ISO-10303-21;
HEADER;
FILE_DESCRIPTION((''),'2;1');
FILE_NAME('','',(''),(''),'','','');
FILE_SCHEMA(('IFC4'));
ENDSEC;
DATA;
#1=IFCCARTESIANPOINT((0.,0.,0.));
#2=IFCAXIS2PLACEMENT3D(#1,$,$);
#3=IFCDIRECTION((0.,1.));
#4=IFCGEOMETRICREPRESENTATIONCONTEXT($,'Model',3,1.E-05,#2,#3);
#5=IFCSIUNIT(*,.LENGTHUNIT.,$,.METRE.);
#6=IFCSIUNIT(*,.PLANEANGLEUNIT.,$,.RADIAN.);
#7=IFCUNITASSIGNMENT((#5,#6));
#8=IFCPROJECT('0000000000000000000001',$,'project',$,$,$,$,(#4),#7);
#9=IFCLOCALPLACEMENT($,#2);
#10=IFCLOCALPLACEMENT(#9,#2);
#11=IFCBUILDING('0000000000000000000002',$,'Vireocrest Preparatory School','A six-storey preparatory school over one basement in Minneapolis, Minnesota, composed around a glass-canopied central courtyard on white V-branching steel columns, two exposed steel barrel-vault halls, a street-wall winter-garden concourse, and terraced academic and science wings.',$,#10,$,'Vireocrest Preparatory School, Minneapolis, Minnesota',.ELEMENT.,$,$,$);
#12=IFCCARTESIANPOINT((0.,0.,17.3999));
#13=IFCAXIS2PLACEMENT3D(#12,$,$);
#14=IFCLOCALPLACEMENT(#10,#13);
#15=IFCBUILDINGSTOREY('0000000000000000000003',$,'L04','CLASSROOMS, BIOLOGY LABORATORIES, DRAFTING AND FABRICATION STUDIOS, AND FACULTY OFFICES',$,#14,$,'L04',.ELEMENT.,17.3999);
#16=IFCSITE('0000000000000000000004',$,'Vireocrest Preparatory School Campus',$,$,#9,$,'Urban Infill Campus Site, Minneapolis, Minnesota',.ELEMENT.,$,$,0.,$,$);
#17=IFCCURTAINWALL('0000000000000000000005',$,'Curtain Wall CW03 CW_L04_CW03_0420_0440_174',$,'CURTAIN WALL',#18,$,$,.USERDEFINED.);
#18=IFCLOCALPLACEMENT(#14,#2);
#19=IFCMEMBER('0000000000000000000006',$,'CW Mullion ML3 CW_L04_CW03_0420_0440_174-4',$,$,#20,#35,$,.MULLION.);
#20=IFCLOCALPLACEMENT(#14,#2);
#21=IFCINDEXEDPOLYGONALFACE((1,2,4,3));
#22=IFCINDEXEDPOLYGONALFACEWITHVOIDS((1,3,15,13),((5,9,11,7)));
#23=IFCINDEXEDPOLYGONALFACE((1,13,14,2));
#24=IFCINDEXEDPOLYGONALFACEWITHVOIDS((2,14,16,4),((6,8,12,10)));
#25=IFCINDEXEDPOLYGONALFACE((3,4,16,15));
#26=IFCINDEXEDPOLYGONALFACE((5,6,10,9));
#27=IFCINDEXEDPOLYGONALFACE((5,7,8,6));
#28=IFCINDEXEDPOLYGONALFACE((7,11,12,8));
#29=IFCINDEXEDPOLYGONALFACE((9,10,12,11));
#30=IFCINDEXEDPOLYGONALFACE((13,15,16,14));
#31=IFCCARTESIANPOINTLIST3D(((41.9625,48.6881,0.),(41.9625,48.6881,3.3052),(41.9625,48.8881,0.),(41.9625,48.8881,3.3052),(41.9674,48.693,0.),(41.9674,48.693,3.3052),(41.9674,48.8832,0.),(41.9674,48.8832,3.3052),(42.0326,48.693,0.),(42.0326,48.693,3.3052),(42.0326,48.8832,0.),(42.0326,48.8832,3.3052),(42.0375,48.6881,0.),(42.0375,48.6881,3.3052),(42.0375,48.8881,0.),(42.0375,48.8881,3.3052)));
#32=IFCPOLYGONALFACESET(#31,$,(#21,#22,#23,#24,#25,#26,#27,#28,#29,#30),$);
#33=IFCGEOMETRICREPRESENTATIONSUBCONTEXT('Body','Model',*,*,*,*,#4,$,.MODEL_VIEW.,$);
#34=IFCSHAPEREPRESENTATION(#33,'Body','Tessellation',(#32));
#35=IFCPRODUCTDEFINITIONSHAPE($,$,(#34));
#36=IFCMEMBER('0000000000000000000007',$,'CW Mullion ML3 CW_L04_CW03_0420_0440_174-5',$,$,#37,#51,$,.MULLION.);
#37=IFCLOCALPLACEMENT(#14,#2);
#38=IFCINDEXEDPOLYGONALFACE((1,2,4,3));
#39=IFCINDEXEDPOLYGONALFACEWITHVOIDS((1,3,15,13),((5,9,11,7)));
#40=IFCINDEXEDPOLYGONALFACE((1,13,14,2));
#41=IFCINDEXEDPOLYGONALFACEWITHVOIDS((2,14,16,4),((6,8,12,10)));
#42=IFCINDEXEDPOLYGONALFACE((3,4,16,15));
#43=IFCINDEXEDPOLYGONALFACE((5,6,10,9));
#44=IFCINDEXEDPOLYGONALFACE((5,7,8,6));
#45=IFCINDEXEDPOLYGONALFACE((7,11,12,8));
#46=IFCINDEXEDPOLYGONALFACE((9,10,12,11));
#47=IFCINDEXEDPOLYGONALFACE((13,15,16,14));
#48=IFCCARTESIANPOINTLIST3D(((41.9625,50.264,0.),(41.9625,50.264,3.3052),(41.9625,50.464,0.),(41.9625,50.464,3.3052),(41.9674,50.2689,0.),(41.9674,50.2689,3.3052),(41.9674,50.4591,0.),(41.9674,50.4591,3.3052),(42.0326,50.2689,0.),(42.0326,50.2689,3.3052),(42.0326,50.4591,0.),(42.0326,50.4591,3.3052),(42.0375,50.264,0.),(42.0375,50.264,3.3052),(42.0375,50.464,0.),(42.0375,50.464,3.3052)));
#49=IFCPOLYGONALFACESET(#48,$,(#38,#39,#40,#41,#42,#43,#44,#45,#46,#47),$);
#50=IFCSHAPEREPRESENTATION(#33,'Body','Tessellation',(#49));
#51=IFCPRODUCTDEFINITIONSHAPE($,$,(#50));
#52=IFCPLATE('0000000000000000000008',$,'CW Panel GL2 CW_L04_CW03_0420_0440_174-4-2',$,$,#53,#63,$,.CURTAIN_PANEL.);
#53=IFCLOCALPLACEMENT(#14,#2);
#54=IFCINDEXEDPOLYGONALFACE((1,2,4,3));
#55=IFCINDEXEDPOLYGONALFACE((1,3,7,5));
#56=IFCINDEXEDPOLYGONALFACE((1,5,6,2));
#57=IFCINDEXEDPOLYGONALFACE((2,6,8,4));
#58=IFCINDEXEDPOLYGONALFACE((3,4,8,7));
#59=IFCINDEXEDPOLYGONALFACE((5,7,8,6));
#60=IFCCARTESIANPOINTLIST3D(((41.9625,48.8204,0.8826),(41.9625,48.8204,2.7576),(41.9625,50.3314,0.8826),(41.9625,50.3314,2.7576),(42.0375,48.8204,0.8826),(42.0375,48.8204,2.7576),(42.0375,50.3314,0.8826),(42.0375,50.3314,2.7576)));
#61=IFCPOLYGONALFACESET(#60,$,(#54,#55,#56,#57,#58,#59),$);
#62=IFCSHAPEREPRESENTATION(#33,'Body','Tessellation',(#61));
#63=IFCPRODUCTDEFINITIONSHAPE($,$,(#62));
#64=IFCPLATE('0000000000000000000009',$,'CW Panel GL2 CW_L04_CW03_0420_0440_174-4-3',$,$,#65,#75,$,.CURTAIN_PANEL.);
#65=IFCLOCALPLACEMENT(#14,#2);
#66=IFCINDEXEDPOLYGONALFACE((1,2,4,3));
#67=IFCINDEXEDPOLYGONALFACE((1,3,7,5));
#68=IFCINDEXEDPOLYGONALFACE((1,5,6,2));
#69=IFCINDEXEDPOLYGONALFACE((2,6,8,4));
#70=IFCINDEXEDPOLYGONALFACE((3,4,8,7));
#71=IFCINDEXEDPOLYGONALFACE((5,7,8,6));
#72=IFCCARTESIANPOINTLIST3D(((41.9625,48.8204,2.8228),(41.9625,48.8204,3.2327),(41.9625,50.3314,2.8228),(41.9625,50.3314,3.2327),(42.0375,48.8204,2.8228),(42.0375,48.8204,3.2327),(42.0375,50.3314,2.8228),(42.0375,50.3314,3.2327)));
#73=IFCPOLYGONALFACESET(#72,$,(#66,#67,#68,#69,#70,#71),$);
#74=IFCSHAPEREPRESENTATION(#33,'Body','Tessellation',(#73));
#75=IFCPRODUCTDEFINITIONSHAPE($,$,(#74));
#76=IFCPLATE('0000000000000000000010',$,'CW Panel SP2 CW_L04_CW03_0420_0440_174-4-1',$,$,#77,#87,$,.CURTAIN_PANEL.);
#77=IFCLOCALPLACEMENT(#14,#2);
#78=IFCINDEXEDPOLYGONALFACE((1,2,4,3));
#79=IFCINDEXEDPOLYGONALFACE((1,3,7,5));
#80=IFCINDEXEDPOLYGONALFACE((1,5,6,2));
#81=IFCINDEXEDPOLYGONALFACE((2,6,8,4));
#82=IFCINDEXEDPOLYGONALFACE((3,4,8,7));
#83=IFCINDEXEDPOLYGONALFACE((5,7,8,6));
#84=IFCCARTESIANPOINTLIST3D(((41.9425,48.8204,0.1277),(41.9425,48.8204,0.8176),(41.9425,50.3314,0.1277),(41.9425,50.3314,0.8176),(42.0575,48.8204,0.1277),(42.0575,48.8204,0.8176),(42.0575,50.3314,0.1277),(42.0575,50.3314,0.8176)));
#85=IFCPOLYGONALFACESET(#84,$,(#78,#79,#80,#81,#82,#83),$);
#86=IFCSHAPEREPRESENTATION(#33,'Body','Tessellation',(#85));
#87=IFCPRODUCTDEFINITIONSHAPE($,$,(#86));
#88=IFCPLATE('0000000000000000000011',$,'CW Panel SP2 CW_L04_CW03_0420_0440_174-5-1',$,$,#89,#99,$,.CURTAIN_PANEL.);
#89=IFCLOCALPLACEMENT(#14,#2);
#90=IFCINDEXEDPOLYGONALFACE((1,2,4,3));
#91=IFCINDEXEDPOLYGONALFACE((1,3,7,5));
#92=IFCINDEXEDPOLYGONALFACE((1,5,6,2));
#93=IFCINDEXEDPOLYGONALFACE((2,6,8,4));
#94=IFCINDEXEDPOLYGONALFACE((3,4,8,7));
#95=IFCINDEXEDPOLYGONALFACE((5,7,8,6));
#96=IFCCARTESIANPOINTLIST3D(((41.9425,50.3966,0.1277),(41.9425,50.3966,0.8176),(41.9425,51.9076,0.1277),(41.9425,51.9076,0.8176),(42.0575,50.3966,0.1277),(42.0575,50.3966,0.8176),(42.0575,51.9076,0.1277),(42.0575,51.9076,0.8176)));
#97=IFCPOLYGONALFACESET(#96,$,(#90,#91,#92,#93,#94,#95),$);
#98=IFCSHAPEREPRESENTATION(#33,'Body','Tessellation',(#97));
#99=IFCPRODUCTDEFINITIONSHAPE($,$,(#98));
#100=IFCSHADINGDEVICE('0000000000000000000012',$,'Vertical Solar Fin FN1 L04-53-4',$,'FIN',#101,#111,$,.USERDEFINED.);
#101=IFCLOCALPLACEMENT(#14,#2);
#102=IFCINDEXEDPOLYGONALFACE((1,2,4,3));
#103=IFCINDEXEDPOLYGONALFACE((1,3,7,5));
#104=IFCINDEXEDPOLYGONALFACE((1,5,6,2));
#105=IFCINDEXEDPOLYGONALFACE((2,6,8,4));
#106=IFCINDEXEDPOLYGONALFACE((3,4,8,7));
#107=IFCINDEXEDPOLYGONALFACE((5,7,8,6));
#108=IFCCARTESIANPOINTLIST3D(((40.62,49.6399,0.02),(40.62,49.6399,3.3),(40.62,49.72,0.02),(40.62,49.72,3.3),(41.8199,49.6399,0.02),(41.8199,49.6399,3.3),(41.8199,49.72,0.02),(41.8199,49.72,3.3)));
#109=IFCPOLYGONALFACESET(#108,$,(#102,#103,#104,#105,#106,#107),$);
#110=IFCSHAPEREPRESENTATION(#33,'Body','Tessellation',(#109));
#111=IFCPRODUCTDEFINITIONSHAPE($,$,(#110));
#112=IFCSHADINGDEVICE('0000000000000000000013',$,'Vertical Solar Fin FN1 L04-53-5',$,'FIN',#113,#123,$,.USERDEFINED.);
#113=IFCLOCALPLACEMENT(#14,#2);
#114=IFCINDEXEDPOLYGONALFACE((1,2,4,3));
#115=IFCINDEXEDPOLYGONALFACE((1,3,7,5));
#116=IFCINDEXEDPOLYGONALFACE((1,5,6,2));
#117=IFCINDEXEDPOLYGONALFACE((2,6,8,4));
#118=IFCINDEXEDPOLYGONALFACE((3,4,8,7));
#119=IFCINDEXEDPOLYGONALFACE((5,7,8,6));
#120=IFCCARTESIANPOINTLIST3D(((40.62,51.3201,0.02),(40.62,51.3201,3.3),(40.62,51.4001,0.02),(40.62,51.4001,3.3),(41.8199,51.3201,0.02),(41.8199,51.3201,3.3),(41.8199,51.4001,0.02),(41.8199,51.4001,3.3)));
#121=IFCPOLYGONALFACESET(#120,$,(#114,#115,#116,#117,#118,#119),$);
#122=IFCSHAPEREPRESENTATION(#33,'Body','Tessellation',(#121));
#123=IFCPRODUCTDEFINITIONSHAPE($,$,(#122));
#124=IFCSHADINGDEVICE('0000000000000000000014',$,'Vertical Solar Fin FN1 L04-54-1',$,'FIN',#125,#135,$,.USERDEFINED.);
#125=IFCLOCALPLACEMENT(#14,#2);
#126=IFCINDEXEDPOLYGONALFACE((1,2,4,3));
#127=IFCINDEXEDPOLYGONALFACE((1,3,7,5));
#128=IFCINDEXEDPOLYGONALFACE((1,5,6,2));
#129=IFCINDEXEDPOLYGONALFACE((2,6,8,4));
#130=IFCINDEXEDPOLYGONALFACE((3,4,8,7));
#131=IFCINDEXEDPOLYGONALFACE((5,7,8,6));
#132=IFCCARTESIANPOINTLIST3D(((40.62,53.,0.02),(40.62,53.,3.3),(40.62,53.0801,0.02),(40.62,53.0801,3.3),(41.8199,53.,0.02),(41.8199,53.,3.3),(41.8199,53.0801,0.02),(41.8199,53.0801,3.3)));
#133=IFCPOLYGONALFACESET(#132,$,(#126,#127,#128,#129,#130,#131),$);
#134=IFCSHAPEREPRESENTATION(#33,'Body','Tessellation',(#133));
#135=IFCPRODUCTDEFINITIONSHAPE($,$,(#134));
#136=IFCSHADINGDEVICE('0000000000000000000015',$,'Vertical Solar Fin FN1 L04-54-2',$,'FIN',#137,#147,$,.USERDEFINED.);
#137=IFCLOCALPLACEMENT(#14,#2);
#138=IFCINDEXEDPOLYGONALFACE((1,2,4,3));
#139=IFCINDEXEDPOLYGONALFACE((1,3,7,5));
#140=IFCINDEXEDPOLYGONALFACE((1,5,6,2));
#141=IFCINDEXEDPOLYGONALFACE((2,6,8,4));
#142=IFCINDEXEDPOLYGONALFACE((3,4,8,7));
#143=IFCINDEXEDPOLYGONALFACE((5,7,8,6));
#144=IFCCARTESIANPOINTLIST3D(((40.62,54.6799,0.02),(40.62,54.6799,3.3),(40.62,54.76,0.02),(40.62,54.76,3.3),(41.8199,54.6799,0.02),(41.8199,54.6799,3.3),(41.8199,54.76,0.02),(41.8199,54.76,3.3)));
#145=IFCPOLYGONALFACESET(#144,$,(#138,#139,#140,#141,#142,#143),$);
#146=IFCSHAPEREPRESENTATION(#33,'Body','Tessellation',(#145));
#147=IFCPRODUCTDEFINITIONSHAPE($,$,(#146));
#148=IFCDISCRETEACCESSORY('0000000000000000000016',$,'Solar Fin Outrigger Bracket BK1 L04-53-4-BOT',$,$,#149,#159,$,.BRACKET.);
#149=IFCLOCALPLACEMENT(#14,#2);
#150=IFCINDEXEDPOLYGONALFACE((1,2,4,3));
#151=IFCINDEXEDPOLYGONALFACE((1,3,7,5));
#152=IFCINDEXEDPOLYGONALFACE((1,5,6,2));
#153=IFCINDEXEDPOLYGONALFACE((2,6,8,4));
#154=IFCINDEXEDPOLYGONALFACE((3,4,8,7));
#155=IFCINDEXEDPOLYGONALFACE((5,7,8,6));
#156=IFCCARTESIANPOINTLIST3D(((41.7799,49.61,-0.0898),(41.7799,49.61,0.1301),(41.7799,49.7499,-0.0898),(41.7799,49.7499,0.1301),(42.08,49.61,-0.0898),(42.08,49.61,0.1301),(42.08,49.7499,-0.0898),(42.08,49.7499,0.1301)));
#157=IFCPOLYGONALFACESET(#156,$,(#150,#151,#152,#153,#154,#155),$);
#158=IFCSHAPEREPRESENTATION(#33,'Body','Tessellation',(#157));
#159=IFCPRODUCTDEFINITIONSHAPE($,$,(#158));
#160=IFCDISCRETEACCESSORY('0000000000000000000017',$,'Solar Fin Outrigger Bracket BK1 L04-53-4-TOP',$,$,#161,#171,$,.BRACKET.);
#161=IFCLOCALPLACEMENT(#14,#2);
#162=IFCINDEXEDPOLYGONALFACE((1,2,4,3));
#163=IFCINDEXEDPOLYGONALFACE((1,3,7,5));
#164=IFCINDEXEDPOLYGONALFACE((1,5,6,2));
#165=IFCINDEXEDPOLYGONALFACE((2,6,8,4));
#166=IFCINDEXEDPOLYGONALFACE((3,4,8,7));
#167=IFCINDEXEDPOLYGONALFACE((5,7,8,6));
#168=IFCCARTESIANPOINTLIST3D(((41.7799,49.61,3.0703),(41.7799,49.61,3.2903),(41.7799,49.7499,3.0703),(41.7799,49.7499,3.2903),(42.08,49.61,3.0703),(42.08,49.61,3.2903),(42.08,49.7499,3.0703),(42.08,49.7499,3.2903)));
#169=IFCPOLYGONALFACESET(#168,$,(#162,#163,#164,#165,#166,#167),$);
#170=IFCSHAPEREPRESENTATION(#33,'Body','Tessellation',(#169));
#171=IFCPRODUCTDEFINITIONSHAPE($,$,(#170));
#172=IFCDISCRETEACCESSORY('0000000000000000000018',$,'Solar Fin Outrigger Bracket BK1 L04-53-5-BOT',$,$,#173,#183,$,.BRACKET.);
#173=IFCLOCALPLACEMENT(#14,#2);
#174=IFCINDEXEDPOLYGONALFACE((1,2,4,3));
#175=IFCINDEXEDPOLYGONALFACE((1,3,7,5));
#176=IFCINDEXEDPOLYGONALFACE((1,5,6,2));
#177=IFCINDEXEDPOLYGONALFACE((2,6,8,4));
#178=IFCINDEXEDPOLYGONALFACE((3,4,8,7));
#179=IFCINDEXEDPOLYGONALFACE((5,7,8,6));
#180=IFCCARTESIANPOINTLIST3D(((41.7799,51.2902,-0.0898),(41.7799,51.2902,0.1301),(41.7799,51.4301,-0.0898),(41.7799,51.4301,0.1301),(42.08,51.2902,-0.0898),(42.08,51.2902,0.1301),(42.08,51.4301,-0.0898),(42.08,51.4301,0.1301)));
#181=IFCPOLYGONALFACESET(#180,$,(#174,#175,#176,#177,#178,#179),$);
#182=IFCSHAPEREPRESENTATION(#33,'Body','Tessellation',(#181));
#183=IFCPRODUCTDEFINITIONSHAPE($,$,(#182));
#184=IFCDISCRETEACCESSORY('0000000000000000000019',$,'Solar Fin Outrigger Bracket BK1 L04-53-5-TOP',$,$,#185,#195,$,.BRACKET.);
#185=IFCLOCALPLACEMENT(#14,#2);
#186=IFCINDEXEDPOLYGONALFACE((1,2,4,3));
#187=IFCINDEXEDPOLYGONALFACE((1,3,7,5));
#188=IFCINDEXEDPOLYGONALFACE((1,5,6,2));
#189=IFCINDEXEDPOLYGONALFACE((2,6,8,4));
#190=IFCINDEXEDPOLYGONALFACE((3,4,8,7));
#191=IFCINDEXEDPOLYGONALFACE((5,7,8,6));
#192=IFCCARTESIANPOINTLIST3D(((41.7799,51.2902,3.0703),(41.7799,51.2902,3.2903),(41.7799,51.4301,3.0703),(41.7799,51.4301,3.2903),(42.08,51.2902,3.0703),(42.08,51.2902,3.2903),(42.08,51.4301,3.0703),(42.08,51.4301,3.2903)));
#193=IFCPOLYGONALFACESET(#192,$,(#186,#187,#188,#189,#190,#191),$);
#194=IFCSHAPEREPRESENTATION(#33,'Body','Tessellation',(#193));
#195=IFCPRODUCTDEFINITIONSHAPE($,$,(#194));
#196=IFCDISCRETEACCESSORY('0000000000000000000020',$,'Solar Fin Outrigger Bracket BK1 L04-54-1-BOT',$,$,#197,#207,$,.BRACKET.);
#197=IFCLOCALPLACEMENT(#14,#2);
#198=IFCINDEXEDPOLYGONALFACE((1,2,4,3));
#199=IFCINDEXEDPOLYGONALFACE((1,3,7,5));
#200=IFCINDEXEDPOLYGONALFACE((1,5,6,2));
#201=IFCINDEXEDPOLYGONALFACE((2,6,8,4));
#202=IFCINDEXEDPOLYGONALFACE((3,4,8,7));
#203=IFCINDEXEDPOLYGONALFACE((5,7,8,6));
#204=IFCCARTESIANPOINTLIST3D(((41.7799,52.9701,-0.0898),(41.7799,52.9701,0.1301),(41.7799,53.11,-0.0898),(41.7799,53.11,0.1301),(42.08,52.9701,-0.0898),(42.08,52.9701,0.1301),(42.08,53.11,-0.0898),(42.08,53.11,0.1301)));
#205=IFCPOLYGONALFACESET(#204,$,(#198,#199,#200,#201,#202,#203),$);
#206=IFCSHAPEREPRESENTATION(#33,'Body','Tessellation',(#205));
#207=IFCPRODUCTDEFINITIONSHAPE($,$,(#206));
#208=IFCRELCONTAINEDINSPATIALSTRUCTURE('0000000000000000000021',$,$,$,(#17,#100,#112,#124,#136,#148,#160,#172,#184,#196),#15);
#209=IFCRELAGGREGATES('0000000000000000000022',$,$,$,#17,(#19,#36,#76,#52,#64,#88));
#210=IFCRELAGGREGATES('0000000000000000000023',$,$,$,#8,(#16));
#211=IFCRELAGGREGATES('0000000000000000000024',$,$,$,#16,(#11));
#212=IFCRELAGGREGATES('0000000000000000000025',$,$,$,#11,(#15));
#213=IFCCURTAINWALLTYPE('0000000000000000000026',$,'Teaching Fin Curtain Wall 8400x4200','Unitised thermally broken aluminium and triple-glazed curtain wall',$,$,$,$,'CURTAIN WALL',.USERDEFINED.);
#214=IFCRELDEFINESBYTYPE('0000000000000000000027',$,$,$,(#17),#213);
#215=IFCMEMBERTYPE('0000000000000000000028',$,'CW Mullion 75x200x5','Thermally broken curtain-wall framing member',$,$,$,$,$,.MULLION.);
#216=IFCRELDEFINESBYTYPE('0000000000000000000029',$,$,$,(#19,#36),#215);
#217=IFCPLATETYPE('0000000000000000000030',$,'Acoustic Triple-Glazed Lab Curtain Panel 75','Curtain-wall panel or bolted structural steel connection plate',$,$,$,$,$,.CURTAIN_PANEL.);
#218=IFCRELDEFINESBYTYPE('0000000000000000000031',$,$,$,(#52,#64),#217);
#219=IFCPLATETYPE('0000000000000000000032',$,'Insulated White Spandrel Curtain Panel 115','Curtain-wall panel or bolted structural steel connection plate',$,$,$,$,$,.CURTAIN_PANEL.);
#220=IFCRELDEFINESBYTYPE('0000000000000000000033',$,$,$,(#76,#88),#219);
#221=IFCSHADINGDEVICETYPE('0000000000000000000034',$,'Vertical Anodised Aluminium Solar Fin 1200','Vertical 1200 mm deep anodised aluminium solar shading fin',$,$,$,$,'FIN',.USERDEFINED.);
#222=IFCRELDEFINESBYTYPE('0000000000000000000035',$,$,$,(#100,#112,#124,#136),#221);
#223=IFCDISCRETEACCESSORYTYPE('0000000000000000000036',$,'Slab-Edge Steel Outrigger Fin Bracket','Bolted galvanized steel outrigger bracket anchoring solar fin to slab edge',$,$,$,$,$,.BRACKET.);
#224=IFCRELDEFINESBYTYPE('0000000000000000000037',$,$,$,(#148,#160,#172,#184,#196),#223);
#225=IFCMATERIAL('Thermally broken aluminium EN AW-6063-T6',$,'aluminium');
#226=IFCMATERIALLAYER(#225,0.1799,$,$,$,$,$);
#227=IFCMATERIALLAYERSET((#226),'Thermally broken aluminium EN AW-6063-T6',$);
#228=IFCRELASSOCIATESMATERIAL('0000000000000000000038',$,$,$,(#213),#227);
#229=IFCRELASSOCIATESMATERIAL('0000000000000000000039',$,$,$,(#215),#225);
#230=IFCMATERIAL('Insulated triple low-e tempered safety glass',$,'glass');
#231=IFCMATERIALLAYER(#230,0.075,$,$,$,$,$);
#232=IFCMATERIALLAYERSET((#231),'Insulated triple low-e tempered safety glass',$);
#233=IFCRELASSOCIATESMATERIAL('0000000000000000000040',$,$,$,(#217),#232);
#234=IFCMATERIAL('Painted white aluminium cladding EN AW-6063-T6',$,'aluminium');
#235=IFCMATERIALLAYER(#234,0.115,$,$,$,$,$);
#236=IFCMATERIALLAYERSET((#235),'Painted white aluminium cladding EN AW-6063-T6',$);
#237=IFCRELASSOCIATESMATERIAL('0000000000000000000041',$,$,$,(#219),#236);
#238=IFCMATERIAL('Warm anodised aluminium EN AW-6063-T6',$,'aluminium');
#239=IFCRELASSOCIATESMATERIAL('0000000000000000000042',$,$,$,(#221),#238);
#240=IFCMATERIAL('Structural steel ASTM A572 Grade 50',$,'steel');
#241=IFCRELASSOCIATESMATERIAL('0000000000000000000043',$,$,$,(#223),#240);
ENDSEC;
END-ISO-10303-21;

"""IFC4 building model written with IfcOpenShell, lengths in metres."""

from ifc_helpers import new_model, si_unit, direction, frame, origin, origin_2d, place, context, subcontext, project, spatial, rectangle, hollow_rectangle, extrude, material, layer, layer_set, material_profile, profile_set, type_object, element, aggregate, save


model = new_model("IFC4")

# Units and contexts
model_context = context("Model", 3, precision=1e-05, world=origin(), true_north=direction((0.0, 1.0)))
body_context = subcontext(model_context, "Body", "Model", "MODEL_VIEW")
ifc_project = project(units=[si_unit("LENGTHUNIT", "METRE"), si_unit("PLANEANGLEUNIT", "RADIAN")], contexts=[model_context])

# Site, building, storey
site_placement = place(None, origin())
site = spatial("IfcSite", under=ifc_project, at=site_placement, Name="Vireocrest Preparatory School Campus", LongName="Urban Infill Campus Site, Minneapolis, Minnesota", CompositionType="ELEMENT", RefElevation=0.0)
building_placement = place(site_placement, origin())
building = spatial("IfcBuilding", under=site, at=building_placement, Name="Vireocrest Preparatory School", Description="A six-storey preparatory school over one basement in Minneapolis, Minnesota, composed around a glass-canopied central courtyard on white V-branching steel columns, two exposed steel barrel-vault halls, a street-wall winter-garden concourse, and terraced academic and science wings.", LongName="Vireocrest Preparatory School, Minneapolis, Minnesota", CompositionType="ELEMENT")
storey_placement = place(building_placement, frame((0.0, 0.0, 17.3999)))
storey = spatial("IfcBuildingStorey", under=building, at=storey_placement, Name="L04", Description="CLASSROOMS, BIOLOGY LABORATORIES, DRAFTING AND FABRICATION STUDIOS, AND FACULTY OFFICES", LongName="L04", CompositionType="ELEMENT", Elevation=17.3999)

# Curtain wall, members, plates
ifc_material_1 = material(Name="Thermally broken aluminium EN AW-6063-T6", Category="aluminium")
ifc_layer_1 = layer(ifc_material_1, 0.1799)
ifc_layer_set_1 = layer_set([ifc_layer_1], Name="Thermally broken aluminium EN AW-6063-T6")
curtain_wall_type = type_object("IfcCurtainWallType", Name="Teaching Fin Curtain Wall 8400x4200", Description="Unitised thermally broken aluminium and triple-glazed curtain wall", ElementType="CURTAIN WALL", PredefinedType="USERDEFINED", material=ifc_layer_set_1)
curtain_wall_placement = place(storey_placement, origin())
curtain_wall = element("IfcCurtainWall", 1, at=curtain_wall_placement, inside=storey, type_object=curtain_wall_type, Name="Curtain Wall CW03 CW_L04_CW03_0420_0440_174", ObjectType="CURTAIN WALL", PredefinedType="USERDEFINED")
ifc_material_profile_1 = material_profile(ifc_material_1, hollow_rectangle(XDim=0.075, YDim=0.2, WallThickness=0.0049, at=origin_2d()), Name="ALU 75x200x5")
ifc_profile_set_1 = profile_set([ifc_material_profile_1], Name="Thermally broken aluminium EN AW-6063-T6")
member_type = type_object("IfcMemberType", Name="CW Mullion 75x200x5", Description="Thermally broken curtain-wall framing member", PredefinedType="MULLION", material=ifc_profile_set_1)
member_1_placement = place(storey_placement, frame((42.0, 48.7881, 0.0), z_axis=(0.0, 0.0, 1.0), x_axis=(1.0, 0.0, 0.0)))
member_1 = element("IfcMember", 2, at=member_1_placement, type_object=member_type, Name="CW Mullion ML3 CW_L04_CW03_0420_0440_174-4", PredefinedType="MULLION", context=body_context, shape_type="SweptSolid", body=[
    extrude(hollow_rectangle(XDim=0.075, YDim=0.2, WallThickness=0.0049, at=origin_2d()), origin(), (0.0, 0.0, 1.0), 3.3052),
])
member_2_placement = place(storey_placement, frame((42.0, 50.364, 0.0), z_axis=(0.0, 0.0, 1.0), x_axis=(1.0, 0.0, 0.0)))
member_2 = element("IfcMember", 3, at=member_2_placement, type_object=member_type, Name="CW Mullion ML3 CW_L04_CW03_0420_0440_174-5", PredefinedType="MULLION", context=body_context, shape_type="SweptSolid", body=[
    extrude(hollow_rectangle(XDim=0.075, YDim=0.2, WallThickness=0.0049, at=origin_2d()), origin(), (0.0, 0.0, 1.0), 3.3052),
])
ifc_material_2 = material(Name="Insulated triple low-e tempered safety glass", Category="glass")
ifc_layer_2 = layer(ifc_material_2, 0.075)
ifc_layer_set_2 = layer_set([ifc_layer_2], Name="Insulated triple low-e tempered safety glass")
plate_type_1 = type_object("IfcPlateType", Name="Acoustic Triple-Glazed Lab Curtain Panel 75", Description="Curtain-wall panel or bolted structural steel connection plate", PredefinedType="CURTAIN_PANEL", material=ifc_layer_set_2)
plate_1_placement = place(storey_placement, frame((42.0, 49.5759, 0.8826), z_axis=(0.0, 0.0, 1.0), x_axis=(0.0, 1.0, 0.0)))
plate_1 = element("IfcPlate", 4, at=plate_1_placement, type_object=plate_type_1, Name="CW Panel GL2 CW_L04_CW03_0420_0440_174-4-2", PredefinedType="CURTAIN_PANEL", context=body_context, shape_type="SweptSolid", body=[
    extrude(rectangle(XDim=1.511, YDim=0.075, at=origin_2d()), origin(), (0.0, 0.0, 1.0), 1.875),
])
plate_2_placement = place(storey_placement, frame((42.0, 49.5759, 2.8228), z_axis=(0.0, 0.0, 1.0), x_axis=(0.0, 1.0, 0.0)))
plate_2 = element("IfcPlate", 5, at=plate_2_placement, type_object=plate_type_1, Name="CW Panel GL2 CW_L04_CW03_0420_0440_174-4-3", PredefinedType="CURTAIN_PANEL", context=body_context, shape_type="SweptSolid", body=[
    extrude(rectangle(XDim=1.511, YDim=0.075, at=origin_2d()), origin(), (0.0, 0.0, 1.0), 0.4099),
])
ifc_material_3 = material(Name="Painted white aluminium cladding EN AW-6063-T6", Category="aluminium")
ifc_layer_3 = layer(ifc_material_3, 0.115)
ifc_layer_set_3 = layer_set([ifc_layer_3], Name="Painted white aluminium cladding EN AW-6063-T6")
plate_type_2 = type_object("IfcPlateType", Name="Insulated White Spandrel Curtain Panel 115", Description="Curtain-wall panel or bolted structural steel connection plate", PredefinedType="CURTAIN_PANEL", material=ifc_layer_set_3)
plate_3_placement = place(storey_placement, frame((42.0, 49.5759, 0.1277), z_axis=(0.0, 0.0, 1.0), x_axis=(0.0, 1.0, 0.0)))
plate_3 = element("IfcPlate", 6, at=plate_3_placement, type_object=plate_type_2, Name="CW Panel SP2 CW_L04_CW03_0420_0440_174-4-1", PredefinedType="CURTAIN_PANEL", context=body_context, shape_type="SweptSolid", body=[
    extrude(rectangle(XDim=1.511, YDim=0.115, at=origin_2d()), origin(), (0.0, 0.0, 1.0), 0.6899),
])
plate_4_placement = place(storey_placement, frame((42.0, 51.1521, 0.1277), z_axis=(0.0, 0.0, 1.0), x_axis=(0.0, 1.0, 0.0)))
plate_4 = element("IfcPlate", 7, at=plate_4_placement, type_object=plate_type_2, Name="CW Panel SP2 CW_L04_CW03_0420_0440_174-5-1", PredefinedType="CURTAIN_PANEL", context=body_context, shape_type="SweptSolid", body=[
    extrude(rectangle(XDim=1.511, YDim=0.115, at=origin_2d()), origin(), (0.0, 0.0, 1.0), 0.6899),
])
aggregate(curtain_wall, [member_1, member_2, plate_3, plate_1, plate_2, plate_4])

# Shading devices
ifc_material_4 = material(Name="Warm anodised aluminium EN AW-6063-T6", Category="aluminium")
ifc_material_profile_2 = material_profile(ifc_material_4, rectangle(XDim=0.0801, YDim=1.2, at=origin_2d()), Name="FIN 80x1200")
ifc_profile_set_2 = profile_set([ifc_material_profile_2], Name="Warm anodised aluminium EN AW-6063-T6")
shading_device_type = type_object("IfcShadingDeviceType", Name="Vertical Anodised Aluminium Solar Fin 1200", Description="Vertical 1200 mm deep anodised aluminium solar shading fin", ElementType="FIN", PredefinedType="USERDEFINED", material=ifc_profile_set_2)
for number, where, z_axis, x_axis, name in (
    (8, (41.22, 49.6799, 0.02), (0.0, 0.0, 1.0), (0.0, 1.0, 0.0), "Vertical Solar Fin FN1 L04-53-4"),
    (9, (41.22, 51.3601, 0.02), (0.0, 0.0, 1.0), (0.0, 1.0, 0.0), "Vertical Solar Fin FN1 L04-53-5"),
    (10, (41.22, 53.04, 0.02), (0.0, 0.0, 1.0), (0.0, 1.0, 0.0), "Vertical Solar Fin FN1 L04-54-1"),
    (11, (41.22, 54.72, 0.02), (0.0, 0.0, 1.0), (0.0, 1.0, 0.0), "Vertical Solar Fin FN1 L04-54-2"),
):
    element("IfcShadingDevice", number, at=place(storey_placement, frame(where, z_axis=z_axis, x_axis=x_axis)), inside=storey, type_object=shading_device_type, Name=name, ObjectType="FIN", PredefinedType="USERDEFINED", context=body_context, shape_type="SweptSolid", body=[
        extrude(rectangle(XDim=0.0801, YDim=1.2, at=origin_2d()), origin(), (0.0, 0.0, 1.0), 3.28),
    ])

# Discrete accessories
ifc_material_5 = material(Name="Structural steel ASTM A572 Grade 50", Category="steel")
discrete_accessory_type = type_object("IfcDiscreteAccessoryType", Name="Slab-Edge Steel Outrigger Fin Bracket", Description="Bolted galvanized steel outrigger bracket anchoring solar fin to slab edge", PredefinedType="BRACKET", material=ifc_material_5)
for number, where, z_axis, x_axis, name in (
    (12, (41.9299, 49.6799, -0.0898), (0.0, 0.0, 1.0), (0.0, 1.0, 0.0), "Solar Fin Outrigger Bracket BK1 L04-53-4-BOT"),
    (13, (41.9299, 49.6799, 3.0703), (0.0, 0.0, 1.0), (0.0, 1.0, 0.0), "Solar Fin Outrigger Bracket BK1 L04-53-4-TOP"),
    (14, (41.9299, 51.3601, -0.0898), (0.0, 0.0, 1.0), (0.0, 1.0, 0.0), "Solar Fin Outrigger Bracket BK1 L04-53-5-BOT"),
    (15, (41.9299, 51.3601, 3.0703), (0.0, 0.0, 1.0), (0.0, 1.0, 0.0), "Solar Fin Outrigger Bracket BK1 L04-53-5-TOP"),
    (16, (41.9299, 53.04, -0.0898), (0.0, 0.0, 1.0), (0.0, 1.0, 0.0), "Solar Fin Outrigger Bracket BK1 L04-54-1-BOT"),
):
    element("IfcDiscreteAccessory", number, at=place(storey_placement, frame(where, z_axis=z_axis, x_axis=x_axis)), inside=storey, type_object=discrete_accessory_type, Name=name, PredefinedType="BRACKET", context=body_context, shape_type="SweptSolid", body=[
        extrude(rectangle(XDim=0.1399, YDim=0.3, at=origin_2d()), origin(), (0.0, 0.0, 1.0), 0.22),
    ])

save(model, "model.ifc")
